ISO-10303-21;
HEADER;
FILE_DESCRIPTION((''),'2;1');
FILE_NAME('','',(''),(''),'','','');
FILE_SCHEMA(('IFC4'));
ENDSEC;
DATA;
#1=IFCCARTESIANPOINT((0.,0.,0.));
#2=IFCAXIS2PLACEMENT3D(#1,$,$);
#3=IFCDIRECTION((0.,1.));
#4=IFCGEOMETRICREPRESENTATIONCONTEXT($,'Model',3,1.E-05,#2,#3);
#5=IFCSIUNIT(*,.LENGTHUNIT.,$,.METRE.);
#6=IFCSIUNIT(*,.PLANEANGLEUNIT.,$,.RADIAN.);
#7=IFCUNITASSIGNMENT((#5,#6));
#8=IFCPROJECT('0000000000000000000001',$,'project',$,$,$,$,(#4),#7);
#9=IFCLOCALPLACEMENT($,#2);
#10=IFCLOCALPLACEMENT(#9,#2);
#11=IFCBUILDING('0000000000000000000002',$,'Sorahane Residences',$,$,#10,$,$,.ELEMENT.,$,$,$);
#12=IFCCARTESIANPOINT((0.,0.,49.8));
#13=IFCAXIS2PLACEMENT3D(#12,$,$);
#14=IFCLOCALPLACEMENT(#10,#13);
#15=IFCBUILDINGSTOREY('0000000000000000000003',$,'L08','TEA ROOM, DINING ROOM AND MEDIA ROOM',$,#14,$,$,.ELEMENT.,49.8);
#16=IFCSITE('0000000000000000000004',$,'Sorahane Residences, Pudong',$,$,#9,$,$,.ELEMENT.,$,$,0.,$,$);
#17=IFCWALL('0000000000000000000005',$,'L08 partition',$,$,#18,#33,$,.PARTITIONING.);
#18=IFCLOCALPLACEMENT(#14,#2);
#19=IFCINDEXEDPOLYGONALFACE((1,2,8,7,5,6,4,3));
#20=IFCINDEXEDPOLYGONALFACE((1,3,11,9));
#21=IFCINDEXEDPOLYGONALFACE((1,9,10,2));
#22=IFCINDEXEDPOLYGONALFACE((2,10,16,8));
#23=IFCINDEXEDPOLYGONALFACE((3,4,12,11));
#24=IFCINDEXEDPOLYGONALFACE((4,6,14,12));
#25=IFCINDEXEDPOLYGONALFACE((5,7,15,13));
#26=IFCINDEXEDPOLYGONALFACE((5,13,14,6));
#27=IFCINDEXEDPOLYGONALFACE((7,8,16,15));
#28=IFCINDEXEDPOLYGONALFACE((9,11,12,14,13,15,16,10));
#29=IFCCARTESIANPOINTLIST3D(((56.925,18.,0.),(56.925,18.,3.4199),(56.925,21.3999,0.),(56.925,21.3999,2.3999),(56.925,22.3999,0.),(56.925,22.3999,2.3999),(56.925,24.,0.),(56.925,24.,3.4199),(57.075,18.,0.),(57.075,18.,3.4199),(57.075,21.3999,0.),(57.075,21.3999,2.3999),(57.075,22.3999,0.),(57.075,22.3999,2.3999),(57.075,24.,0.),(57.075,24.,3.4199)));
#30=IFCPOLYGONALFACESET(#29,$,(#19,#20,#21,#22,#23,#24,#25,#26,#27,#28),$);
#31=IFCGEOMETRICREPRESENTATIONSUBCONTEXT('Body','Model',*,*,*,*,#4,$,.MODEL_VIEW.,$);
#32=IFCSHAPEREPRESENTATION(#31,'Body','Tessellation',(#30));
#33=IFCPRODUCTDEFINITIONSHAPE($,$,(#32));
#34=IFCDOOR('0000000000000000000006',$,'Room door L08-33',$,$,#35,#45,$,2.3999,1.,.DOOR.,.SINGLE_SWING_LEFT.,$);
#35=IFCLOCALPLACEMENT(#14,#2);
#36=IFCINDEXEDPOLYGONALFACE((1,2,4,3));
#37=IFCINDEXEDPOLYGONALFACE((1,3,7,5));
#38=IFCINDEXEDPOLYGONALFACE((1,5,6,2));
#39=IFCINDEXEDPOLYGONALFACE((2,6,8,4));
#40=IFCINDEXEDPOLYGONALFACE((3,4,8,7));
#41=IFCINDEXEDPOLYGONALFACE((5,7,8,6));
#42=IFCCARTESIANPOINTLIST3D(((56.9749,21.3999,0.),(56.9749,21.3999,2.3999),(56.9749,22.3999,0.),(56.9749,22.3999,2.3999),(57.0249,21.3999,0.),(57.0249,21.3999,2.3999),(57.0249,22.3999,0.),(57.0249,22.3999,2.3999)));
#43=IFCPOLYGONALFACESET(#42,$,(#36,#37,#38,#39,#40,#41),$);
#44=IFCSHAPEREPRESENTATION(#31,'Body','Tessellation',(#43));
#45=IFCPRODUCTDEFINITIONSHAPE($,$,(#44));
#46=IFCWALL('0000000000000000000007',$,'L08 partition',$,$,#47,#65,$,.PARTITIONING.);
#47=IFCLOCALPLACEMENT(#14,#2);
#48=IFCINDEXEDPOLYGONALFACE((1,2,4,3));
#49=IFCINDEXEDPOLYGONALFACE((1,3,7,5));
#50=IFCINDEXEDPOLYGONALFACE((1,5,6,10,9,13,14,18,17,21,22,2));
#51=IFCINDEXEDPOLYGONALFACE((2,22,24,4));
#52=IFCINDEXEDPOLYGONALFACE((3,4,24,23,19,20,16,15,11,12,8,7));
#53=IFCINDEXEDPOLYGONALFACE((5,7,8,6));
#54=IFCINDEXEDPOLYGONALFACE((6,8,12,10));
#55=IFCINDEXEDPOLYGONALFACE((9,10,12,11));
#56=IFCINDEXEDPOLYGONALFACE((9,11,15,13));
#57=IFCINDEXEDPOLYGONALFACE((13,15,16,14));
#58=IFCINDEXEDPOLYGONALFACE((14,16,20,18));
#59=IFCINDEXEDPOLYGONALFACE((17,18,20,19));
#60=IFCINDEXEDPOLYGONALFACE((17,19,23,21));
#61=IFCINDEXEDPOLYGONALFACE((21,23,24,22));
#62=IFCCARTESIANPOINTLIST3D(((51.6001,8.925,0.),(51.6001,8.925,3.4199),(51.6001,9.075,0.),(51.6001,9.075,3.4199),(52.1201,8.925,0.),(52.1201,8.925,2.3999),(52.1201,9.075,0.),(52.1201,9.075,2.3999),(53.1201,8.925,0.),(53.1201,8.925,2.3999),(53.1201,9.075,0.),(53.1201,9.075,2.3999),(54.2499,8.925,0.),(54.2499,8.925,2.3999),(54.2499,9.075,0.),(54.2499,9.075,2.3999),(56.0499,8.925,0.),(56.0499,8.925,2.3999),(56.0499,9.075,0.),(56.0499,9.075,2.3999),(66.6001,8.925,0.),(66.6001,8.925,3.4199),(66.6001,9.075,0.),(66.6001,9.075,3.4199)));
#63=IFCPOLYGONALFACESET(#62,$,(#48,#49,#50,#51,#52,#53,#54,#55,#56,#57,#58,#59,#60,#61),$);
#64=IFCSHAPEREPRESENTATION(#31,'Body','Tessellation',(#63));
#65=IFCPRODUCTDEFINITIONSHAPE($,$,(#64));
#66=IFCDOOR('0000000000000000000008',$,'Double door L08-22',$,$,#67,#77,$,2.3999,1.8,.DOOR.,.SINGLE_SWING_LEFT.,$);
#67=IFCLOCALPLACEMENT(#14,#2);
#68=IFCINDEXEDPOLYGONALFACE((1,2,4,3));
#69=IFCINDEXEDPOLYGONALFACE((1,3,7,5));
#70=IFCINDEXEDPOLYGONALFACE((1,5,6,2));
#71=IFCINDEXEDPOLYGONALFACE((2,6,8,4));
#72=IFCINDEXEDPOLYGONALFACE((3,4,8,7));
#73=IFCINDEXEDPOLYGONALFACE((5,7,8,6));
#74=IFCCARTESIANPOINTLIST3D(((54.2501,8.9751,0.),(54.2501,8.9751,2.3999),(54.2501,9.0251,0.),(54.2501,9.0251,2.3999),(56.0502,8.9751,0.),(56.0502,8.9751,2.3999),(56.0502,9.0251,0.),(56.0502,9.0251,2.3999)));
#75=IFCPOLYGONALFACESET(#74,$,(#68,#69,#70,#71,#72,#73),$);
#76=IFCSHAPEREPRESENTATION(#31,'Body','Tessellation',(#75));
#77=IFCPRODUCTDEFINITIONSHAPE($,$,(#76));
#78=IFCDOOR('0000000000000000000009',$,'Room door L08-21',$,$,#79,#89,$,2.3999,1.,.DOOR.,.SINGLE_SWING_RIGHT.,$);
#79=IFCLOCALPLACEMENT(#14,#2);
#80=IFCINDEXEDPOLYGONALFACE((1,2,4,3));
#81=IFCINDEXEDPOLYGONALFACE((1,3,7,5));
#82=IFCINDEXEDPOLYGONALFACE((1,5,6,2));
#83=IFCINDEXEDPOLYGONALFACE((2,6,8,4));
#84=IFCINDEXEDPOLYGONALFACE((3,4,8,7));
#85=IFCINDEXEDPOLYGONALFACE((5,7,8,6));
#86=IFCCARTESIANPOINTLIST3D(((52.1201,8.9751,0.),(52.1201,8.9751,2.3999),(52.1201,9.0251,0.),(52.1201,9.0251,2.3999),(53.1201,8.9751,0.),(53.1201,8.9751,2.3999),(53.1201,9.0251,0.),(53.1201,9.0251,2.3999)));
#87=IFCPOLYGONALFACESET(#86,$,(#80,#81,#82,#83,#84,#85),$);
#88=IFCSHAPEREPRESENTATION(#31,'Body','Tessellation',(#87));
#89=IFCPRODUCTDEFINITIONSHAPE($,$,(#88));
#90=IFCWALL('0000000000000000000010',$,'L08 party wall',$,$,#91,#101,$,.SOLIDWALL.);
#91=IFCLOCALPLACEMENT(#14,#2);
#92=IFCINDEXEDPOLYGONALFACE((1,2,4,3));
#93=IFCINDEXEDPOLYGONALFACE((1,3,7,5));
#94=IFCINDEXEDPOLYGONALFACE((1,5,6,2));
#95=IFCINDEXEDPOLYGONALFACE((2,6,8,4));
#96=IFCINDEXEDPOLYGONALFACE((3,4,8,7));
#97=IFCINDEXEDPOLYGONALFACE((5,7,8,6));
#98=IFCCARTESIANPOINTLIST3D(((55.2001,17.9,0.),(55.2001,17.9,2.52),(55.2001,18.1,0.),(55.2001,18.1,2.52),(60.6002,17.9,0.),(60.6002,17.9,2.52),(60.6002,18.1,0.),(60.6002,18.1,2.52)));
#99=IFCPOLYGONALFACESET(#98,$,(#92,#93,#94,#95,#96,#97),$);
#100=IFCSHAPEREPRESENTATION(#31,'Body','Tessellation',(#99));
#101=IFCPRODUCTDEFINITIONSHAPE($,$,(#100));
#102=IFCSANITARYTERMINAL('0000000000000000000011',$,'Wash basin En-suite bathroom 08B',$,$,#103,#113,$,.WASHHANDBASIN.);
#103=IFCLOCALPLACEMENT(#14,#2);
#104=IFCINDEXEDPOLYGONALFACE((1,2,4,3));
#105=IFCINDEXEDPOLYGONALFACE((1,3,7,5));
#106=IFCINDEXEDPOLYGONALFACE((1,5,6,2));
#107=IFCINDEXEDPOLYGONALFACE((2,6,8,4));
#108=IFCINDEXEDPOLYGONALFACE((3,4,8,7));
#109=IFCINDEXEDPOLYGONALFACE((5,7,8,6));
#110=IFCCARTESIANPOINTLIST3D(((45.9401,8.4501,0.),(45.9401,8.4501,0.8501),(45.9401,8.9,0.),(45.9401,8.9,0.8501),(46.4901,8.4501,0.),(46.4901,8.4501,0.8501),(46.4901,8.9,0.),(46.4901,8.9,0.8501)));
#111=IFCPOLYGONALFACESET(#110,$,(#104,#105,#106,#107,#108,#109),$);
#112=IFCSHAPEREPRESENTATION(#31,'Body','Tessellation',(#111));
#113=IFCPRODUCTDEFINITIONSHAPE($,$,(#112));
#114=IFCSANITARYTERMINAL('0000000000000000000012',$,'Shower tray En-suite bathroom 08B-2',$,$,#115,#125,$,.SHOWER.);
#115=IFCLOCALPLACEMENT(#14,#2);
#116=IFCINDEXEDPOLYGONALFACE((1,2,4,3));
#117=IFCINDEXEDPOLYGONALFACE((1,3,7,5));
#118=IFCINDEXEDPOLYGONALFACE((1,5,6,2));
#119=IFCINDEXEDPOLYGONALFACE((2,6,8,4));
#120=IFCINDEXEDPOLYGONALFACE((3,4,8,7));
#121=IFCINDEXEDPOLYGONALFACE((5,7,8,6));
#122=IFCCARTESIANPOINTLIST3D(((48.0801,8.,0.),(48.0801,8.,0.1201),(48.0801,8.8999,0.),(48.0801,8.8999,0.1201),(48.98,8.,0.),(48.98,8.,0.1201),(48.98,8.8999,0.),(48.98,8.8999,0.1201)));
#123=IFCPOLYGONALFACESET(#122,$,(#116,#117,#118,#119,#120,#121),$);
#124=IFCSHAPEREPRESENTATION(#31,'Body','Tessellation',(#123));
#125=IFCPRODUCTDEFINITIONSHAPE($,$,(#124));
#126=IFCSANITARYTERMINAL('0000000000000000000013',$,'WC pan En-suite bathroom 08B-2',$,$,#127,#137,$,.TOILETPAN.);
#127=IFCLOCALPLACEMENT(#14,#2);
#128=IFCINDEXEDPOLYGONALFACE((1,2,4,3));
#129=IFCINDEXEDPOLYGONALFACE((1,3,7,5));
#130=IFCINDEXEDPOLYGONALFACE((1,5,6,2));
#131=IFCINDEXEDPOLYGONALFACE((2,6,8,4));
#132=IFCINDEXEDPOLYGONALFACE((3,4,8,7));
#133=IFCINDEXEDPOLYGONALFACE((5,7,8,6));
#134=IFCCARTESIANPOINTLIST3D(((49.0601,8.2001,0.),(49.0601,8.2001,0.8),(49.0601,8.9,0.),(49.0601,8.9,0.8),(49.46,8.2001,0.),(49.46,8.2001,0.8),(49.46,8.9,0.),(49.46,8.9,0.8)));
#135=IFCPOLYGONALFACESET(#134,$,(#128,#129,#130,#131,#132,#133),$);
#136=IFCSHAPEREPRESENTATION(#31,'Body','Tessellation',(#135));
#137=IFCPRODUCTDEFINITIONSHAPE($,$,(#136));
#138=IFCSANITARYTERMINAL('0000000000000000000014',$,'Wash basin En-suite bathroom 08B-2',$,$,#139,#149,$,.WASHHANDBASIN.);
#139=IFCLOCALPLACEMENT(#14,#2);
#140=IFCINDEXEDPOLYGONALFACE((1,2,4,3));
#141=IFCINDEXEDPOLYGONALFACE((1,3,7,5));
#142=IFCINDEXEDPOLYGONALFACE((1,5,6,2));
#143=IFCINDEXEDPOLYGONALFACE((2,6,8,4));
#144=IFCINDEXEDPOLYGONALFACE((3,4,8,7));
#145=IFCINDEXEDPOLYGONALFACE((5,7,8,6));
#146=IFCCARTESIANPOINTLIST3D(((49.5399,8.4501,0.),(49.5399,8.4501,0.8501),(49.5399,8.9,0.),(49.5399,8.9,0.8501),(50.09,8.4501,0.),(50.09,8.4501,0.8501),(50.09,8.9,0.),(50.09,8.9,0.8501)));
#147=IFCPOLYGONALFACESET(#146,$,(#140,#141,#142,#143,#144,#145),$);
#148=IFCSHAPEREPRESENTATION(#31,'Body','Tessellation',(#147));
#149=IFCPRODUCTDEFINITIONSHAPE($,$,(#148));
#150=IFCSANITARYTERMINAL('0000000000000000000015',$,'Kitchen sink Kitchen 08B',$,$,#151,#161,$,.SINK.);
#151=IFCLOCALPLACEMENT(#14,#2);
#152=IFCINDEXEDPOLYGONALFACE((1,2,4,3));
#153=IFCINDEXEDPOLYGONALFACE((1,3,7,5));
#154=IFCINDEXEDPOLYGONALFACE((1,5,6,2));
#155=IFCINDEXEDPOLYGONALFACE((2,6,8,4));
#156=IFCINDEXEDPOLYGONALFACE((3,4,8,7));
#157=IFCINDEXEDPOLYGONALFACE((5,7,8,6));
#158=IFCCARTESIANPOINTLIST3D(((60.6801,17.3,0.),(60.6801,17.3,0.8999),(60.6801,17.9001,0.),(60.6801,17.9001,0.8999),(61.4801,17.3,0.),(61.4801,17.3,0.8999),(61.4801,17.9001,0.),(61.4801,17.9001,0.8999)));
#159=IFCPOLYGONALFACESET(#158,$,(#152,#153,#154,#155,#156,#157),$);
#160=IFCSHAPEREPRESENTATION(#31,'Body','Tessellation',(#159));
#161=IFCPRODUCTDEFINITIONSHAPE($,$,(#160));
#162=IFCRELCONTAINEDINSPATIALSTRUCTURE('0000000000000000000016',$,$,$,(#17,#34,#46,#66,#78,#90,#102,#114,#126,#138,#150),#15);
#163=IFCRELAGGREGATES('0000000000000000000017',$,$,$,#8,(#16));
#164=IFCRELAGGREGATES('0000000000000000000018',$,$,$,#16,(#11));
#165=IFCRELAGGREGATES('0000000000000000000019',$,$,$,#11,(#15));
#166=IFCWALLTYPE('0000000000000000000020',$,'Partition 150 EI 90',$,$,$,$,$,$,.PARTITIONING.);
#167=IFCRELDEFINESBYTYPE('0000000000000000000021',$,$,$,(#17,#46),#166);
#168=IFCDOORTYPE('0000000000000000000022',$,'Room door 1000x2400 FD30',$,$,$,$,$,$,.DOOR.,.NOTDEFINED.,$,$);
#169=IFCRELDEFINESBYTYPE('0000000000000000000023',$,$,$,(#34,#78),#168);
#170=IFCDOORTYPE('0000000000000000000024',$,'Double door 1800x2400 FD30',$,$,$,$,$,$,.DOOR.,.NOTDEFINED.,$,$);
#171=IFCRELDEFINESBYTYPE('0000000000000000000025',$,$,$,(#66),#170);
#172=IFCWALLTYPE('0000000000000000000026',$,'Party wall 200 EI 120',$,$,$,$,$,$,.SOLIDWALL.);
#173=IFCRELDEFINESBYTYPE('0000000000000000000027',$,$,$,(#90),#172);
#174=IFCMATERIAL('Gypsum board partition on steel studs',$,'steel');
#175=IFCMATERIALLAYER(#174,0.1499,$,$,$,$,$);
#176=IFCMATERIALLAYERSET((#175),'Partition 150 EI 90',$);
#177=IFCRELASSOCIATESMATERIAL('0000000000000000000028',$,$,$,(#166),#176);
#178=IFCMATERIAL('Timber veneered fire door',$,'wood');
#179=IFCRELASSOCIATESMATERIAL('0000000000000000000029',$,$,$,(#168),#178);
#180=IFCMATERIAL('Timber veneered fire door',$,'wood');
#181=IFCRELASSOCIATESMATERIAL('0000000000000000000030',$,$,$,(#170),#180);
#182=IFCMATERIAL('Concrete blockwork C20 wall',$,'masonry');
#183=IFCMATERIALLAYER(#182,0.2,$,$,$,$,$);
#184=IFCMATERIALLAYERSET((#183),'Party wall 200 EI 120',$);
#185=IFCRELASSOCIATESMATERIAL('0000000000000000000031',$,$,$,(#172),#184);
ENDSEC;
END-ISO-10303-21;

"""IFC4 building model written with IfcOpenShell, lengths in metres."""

from ifc_helpers import new_model, si_unit, direction, frame, frame_2d, origin, origin_2d, place, context, subcontext, project, spatial, rectangle, extrude, material, layer, layer_set, type_object, element, fill, save


model = new_model("IFC4")

# Units and contexts
model_context = context("Model", 3, precision=1e-05, world=origin(), true_north=direction((0.0, 1.0)))
body_context = subcontext(model_context, "Body", "Model", "MODEL_VIEW")
ifc_project = project(units=[si_unit("LENGTHUNIT", "METRE"), si_unit("PLANEANGLEUNIT", "RADIAN")], contexts=[model_context])

# Site, building, storey
site_placement = place(None, origin())
site = spatial("IfcSite", under=ifc_project, at=site_placement, Name="Sorahane Residences, Pudong", CompositionType="ELEMENT", RefElevation=0.0)
building_placement = place(site_placement, origin())
building = spatial("IfcBuilding", under=site, at=building_placement, Name="Sorahane Residences", CompositionType="ELEMENT")
storey_placement = place(building_placement, frame((0.0, 0.0, 49.8)))
storey = spatial("IfcBuildingStorey", under=building, at=storey_placement, Name="L08", Description="TEA ROOM, DINING ROOM AND MEDIA ROOM", CompositionType="ELEMENT", Elevation=49.8)

# Shared definitions
ifc_material_1 = material(Name="Gypsum board partition on steel studs", Category="steel")
ifc_layer_1 = layer(ifc_material_1, 0.1499)
ifc_layer_set_1 = layer_set([ifc_layer_1], Name="Partition 150 EI 90")
wall_type_1 = type_object("IfcWallType", Name="Partition 150 EI 90", PredefinedType="PARTITIONING", material=ifc_layer_set_1)

# Wall, opening, door
wall_1_placement = place(storey_placement, frame((57.0, 18.0, 0.0), z_axis=(0.0, 0.0, 1.0), x_axis=(0.0, 1.0, 0.0)))
wall_1 = element("IfcWall", 1, at=wall_1_placement, inside=storey, type_object=wall_type_1, Name="L08 partition", PredefinedType="PARTITIONING", context=body_context, shape_type="SweptSolid", body=[
    extrude(rectangle(XDim=6.0, YDim=0.1499, at=frame_2d((3.0, 0.0))), origin(), (0.0, 0.0, 1.0), 3.4199),
])
opening_1_placement = place(wall_1_placement, frame((3.3999, 0.0, 0.0)))
opening_1 = element("IfcOpeningElement", 2, at=opening_1_placement, cuts=wall_1, PredefinedType="OPENING", context=body_context, shape_type="SweptSolid", body=[
    extrude(rectangle(XDim=1.0, YDim=2.3999, at=frame_2d((0.5, 1.2))), frame((0.0, 0.085, 0.0), z_axis=(0.0, -1.0, 0.0), x_axis=(1.0, 0.0, 0.0)), (0.0, 0.0, 1.0), 0.1699),
])
ifc_material_2 = material(Name="Timber veneered fire door", Category="wood")
door_type_1 = type_object("IfcDoorType", Name="Room door 1000x2400 FD30", OperationType="NOTDEFINED", PredefinedType="DOOR", material=ifc_material_2)
door_1_placement = place(opening_1_placement, frame((1.0, 0.0, 0.0), z_axis=(0.0, 0.0, 1.0), x_axis=(-1.0, 0.0, 0.0)))
door_1 = element("IfcDoor", 3, at=door_1_placement, inside=storey, type_object=door_type_1, Name="Room door L08-33", OperationType="SINGLE_SWING_LEFT", OverallHeight=2.3999, OverallWidth=1.0, PredefinedType="DOOR", context=body_context, shape_type="SweptSolid", body=[
    extrude(rectangle(XDim=1.0, YDim=2.3999, at=frame_2d((0.5, 1.2))), frame((0.0, 0.0249, 0.0), z_axis=(0.0, -1.0, 0.0), x_axis=(1.0, 0.0, 0.0)), (0.0, 0.0, 1.0), 0.05),
])
fill(opening_1, door_1)

# Wall, openings, doors
wall_2_placement = place(storey_placement, frame((51.6001, 9.0, 0.0), z_axis=(0.0, 0.0, 1.0), x_axis=(1.0, 0.0, 0.0)))
wall_2 = element("IfcWall", 4, at=wall_2_placement, inside=storey, type_object=wall_type_1, Name="L08 partition", PredefinedType="PARTITIONING", context=body_context, shape_type="SweptSolid", body=[
    extrude(rectangle(XDim=15.0, YDim=0.1499, at=frame_2d((7.5, 0.0))), origin(), (0.0, 0.0, 1.0), 3.4199),
])
opening_2_placement = place(wall_2_placement, frame((0.52, 0.0, 0.0)))
opening_2 = element("IfcOpeningElement", 5, at=opening_2_placement, cuts=wall_2, PredefinedType="OPENING", context=body_context, shape_type="SweptSolid", body=[
    extrude(rectangle(XDim=1.0, YDim=2.3999, at=frame_2d((0.5, 1.2))), frame((0.0, 0.085, 0.0), z_axis=(0.0, -1.0, 0.0), x_axis=(1.0, 0.0, 0.0)), (0.0, 0.0, 1.0), 0.1699),
])
opening_3_placement = place(wall_2_placement, frame((2.6499, 0.0, 0.0)))
opening_3 = element("IfcOpeningElement", 6, at=opening_3_placement, cuts=wall_2, PredefinedType="OPENING", context=body_context, shape_type="SweptSolid", body=[
    extrude(rectangle(XDim=1.8, YDim=2.3999, at=frame_2d((0.8999, 1.2))), frame((0.0, 0.085, 0.0), z_axis=(0.0, -1.0, 0.0), x_axis=(1.0, 0.0, 0.0)), (0.0, 0.0, 1.0), 0.1699),
])
ifc_material_3 = material(Name="Timber veneered fire door", Category="wood")
door_type_2 = type_object("IfcDoorType", Name="Double door 1800x2400 FD30", OperationType="NOTDEFINED", PredefinedType="DOOR", material=ifc_material_3)
door_2_placement = place(opening_3_placement, frame((1.8, 0.0, 0.0), z_axis=(0.0, 0.0, 1.0), x_axis=(-1.0, 0.0, 0.0)))
door_2 = element("IfcDoor", 7, at=door_2_placement, inside=storey, type_object=door_type_2, Name="Double door L08-22", OperationType="SINGLE_SWING_LEFT", OverallHeight=2.3999, OverallWidth=1.8, PredefinedType="DOOR", context=body_context, shape_type="SweptSolid", body=[
    extrude(rectangle(XDim=1.8, YDim=2.3999, at=frame_2d((0.8999, 1.2))), frame((0.0, 0.0249, 0.0), z_axis=(0.0, -1.0, 0.0), x_axis=(1.0, 0.0, 0.0)), (0.0, 0.0, 1.0), 0.05),
])
fill(opening_3, door_2)
door_3_placement = place(opening_2_placement, frame((1.0, 0.0, 0.0), z_axis=(0.0, 0.0, 1.0), x_axis=(-1.0, 0.0, 0.0)))
door_3 = element("IfcDoor", 8, at=door_3_placement, inside=storey, type_object=door_type_1, Name="Room door L08-21", OperationType="SINGLE_SWING_RIGHT", OverallHeight=2.3999, OverallWidth=1.0, PredefinedType="DOOR", context=body_context, shape_type="SweptSolid", body=[
    extrude(rectangle(XDim=1.0, YDim=2.3999, at=frame_2d((0.5, 1.2))), frame((0.0, 0.0249, 0.0), z_axis=(0.0, -1.0, 0.0), x_axis=(1.0, 0.0, 0.0)), (0.0, 0.0, 1.0), 0.05),
])
fill(opening_2, door_3)

# Wall
ifc_material_4 = material(Name="Concrete blockwork C20 wall", Category="masonry")
ifc_layer_2 = layer(ifc_material_4, 0.2)
ifc_layer_set_2 = layer_set([ifc_layer_2], Name="Party wall 200 EI 120")
wall_type_2 = type_object("IfcWallType", Name="Party wall 200 EI 120", PredefinedType="SOLIDWALL", material=ifc_layer_set_2)
wall_3_placement = place(storey_placement, frame((55.2, 18.0, 0.0), z_axis=(0.0, 0.0, 1.0), x_axis=(1.0, 0.0, 0.0)))
element("IfcWall", 9, at=wall_3_placement, inside=storey, type_object=wall_type_2, Name="L08 party wall", PredefinedType="SOLIDWALL", context=body_context, shape_type="SweptSolid", body=[
    extrude(rectangle(XDim=5.4001, YDim=0.2, at=frame_2d((2.7002, 0.0))), origin(), (0.0, 0.0, 1.0), 2.52),
])

# Sanitary terminals
sanitary_terminal_1_placement = place(storey_placement, frame((46.2151, 8.675, 0.0), z_axis=(0.0, 0.0, 1.0), x_axis=(1.0, 0.0, 0.0)))
element("IfcSanitaryTerminal", 10, at=sanitary_terminal_1_placement, inside=storey, Name="Wash basin En-suite bathroom 08B", PredefinedType="WASHHANDBASIN", context=body_context, shape_type="SweptSolid", body=[
    extrude(rectangle(XDim=0.55, YDim=0.45, at=origin_2d()), origin(), (0.0, 0.0, 1.0), 0.8501),
])
sanitary_terminal_2_placement = place(storey_placement, frame((48.53, 8.45, 0.0), z_axis=(0.0, 0.0, 1.0), x_axis=(1.0, 0.0, 0.0)))
element("IfcSanitaryTerminal", 11, at=sanitary_terminal_2_placement, inside=storey, Name="Shower tray En-suite bathroom 08B-2", PredefinedType="SHOWER", context=body_context, shape_type="SweptSolid", body=[
    extrude(rectangle(XDim=0.8999, YDim=0.8999, at=origin_2d()), origin(), (0.0, 0.0, 1.0), 0.1201),
])
sanitary_terminal_3_placement = place(storey_placement, frame((49.26, 8.55, 0.0), z_axis=(0.0, 0.0, 1.0), x_axis=(1.0, 0.0, 0.0)))
element("IfcSanitaryTerminal", 12, at=sanitary_terminal_3_placement, inside=storey, Name="WC pan En-suite bathroom 08B-2", PredefinedType="TOILETPAN", context=body_context, shape_type="SweptSolid", body=[
    extrude(rectangle(XDim=0.3999, YDim=0.7, at=origin_2d()), origin(), (0.0, 0.0, 1.0), 0.8),
])
sanitary_terminal_4_placement = place(storey_placement, frame((49.8149, 8.675, 0.0), z_axis=(0.0, 0.0, 1.0), x_axis=(1.0, 0.0, 0.0)))
element("IfcSanitaryTerminal", 13, at=sanitary_terminal_4_placement, inside=storey, Name="Wash basin En-suite bathroom 08B-2", PredefinedType="WASHHANDBASIN", context=body_context, shape_type="SweptSolid", body=[
    extrude(rectangle(XDim=0.55, YDim=0.45, at=origin_2d()), origin(), (0.0, 0.0, 1.0), 0.8501),
])
sanitary_terminal_5_placement = place(storey_placement, frame((61.0801, 17.6001, 0.0), z_axis=(0.0, 0.0, 1.0), x_axis=(1.0, 0.0, 0.0)))
element("IfcSanitaryTerminal", 14, at=sanitary_terminal_5_placement, inside=storey, Name="Kitchen sink Kitchen 08B", PredefinedType="SINK", context=body_context, shape_type="SweptSolid", body=[
    extrude(rectangle(XDim=0.8, YDim=0.6001, at=origin_2d()), origin(), (0.0, 0.0, 1.0), 0.8999),
])

save(model, "model.ifc")
